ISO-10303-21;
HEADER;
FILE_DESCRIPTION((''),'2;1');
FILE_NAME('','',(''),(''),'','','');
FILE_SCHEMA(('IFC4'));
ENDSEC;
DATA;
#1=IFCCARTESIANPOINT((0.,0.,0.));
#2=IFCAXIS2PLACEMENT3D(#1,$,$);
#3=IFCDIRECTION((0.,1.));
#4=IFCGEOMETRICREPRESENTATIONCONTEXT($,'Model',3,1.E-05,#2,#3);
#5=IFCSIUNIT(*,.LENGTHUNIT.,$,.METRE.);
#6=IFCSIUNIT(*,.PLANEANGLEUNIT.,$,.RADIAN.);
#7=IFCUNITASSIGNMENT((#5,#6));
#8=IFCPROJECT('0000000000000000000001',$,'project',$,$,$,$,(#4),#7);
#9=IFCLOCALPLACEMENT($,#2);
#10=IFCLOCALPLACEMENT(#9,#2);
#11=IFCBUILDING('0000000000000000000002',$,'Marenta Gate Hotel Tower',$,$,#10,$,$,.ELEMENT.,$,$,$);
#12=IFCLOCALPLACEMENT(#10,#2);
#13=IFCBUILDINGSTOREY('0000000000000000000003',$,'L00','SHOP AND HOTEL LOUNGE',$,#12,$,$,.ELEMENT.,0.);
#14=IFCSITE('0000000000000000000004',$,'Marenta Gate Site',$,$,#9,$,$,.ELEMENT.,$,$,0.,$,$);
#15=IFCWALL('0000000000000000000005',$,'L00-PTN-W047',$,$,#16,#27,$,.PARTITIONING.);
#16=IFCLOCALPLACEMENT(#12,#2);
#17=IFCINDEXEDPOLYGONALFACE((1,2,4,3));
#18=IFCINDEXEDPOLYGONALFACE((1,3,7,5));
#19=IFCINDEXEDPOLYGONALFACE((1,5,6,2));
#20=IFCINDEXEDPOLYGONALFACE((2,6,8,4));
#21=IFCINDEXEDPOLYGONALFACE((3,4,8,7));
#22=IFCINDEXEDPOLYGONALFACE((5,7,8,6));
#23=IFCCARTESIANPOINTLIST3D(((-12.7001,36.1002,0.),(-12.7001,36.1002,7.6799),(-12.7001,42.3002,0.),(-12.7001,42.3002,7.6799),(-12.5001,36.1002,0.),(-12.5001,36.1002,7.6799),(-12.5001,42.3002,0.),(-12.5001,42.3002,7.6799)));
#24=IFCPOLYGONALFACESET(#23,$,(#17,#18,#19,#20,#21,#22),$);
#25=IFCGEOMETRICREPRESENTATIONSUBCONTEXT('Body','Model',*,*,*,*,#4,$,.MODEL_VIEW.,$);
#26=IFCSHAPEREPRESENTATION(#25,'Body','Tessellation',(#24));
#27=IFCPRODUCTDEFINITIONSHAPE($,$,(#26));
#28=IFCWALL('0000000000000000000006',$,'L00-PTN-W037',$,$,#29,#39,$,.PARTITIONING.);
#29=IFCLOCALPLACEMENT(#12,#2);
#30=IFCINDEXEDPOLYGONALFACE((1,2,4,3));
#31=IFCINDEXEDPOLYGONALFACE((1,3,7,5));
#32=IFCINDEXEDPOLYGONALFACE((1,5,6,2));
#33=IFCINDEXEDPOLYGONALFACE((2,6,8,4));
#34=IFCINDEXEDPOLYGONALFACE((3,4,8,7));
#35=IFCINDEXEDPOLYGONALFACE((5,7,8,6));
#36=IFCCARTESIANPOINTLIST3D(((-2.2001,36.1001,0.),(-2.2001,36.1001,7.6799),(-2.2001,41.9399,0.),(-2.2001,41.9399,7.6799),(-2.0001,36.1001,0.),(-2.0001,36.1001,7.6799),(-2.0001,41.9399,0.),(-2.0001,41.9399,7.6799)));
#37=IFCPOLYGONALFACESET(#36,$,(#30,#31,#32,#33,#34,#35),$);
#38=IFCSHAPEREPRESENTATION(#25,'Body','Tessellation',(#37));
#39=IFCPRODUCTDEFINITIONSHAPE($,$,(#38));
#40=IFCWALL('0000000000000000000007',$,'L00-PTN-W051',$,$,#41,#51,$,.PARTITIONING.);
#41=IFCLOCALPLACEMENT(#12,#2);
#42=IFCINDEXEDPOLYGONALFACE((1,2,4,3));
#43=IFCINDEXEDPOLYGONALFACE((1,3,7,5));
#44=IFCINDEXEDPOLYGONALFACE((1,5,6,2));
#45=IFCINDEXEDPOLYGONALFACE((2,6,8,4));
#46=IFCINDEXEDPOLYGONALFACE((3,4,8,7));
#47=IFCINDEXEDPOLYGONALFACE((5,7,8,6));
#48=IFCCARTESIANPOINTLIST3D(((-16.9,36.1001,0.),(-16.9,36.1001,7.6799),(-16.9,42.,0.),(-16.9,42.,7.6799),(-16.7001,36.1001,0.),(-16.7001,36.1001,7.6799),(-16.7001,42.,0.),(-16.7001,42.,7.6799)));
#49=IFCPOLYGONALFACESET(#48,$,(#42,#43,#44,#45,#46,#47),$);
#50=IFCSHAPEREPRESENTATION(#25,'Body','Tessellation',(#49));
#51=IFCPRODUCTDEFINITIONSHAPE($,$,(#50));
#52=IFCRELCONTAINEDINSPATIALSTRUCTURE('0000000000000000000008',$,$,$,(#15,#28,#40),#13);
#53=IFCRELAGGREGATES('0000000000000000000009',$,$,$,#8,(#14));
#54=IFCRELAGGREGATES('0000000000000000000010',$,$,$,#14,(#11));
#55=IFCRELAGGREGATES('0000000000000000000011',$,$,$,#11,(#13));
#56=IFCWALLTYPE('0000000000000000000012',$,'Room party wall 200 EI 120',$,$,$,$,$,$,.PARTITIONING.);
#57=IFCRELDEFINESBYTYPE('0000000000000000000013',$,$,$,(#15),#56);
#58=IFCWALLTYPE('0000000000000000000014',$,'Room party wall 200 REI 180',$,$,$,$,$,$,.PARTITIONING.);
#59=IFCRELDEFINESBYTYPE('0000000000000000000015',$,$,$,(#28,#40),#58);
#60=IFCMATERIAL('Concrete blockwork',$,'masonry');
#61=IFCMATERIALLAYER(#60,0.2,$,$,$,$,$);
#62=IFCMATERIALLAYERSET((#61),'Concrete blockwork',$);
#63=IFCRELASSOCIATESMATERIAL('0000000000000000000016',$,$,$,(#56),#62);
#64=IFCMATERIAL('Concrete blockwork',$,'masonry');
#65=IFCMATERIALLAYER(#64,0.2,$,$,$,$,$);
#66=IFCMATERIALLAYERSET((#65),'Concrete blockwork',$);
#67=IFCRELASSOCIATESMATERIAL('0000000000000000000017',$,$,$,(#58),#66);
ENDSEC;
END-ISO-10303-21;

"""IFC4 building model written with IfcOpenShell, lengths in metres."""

from ifc_helpers import new_model, si_unit, direction, frame, frame_2d, origin, place, context, subcontext, project, spatial, rectangle, extrude, material, layer, layer_set, type_object, element, save


model = new_model("IFC4")

# Units and contexts
model_context = context("Model", 3, precision=1e-05, world=origin(), true_north=direction((0.0, 1.0)))
body_context = subcontext(model_context, "Body", "Model", "MODEL_VIEW")
ifc_project = project(units=[si_unit("LENGTHUNIT", "METRE"), si_unit("PLANEANGLEUNIT", "RADIAN")], contexts=[model_context])

# Site, building, storey
site_placement = place(None, origin())
site = spatial("IfcSite", under=ifc_project, at=site_placement, Name="Marenta Gate Site", CompositionType="ELEMENT", RefElevation=0.0)
building_placement = place(site_placement, origin())
building = spatial("IfcBuilding", under=site, at=building_placement, Name="Marenta Gate Hotel Tower", CompositionType="ELEMENT")
storey_placement = place(building_placement, origin())
storey = spatial("IfcBuildingStorey", under=building, at=storey_placement, Name="L00", Description="SHOP AND HOTEL LOUNGE", CompositionType="ELEMENT", Elevation=0.0)

# Walls
ifc_material_1 = material(Name="Concrete blockwork", Category="masonry")
ifc_layer_1 = layer(ifc_material_1, 0.2)
ifc_layer_set_1 = layer_set([ifc_layer_1], Name="Concrete blockwork")
wall_type_1 = type_object("IfcWallType", Name="Room party wall 200 EI 120", PredefinedType="PARTITIONING", material=ifc_layer_set_1)
wall_1_placement = place(storey_placement, frame((-12.6001, 36.1001, 0.0), z_axis=(0.0, 0.0, 1.0), x_axis=(0.0, 1.0, 0.0)))
element("IfcWall", 1, at=wall_1_placement, inside=storey, type_object=wall_type_1, Name="L00-PTN-W047", PredefinedType="PARTITIONING", context=body_context, shape_type="SweptSolid", body=[
    extrude(rectangle(XDim=6.2, YDim=0.2, at=frame_2d((3.1001, 0.0))), origin(), (0.0, 0.0, 1.0), 7.6799),
])
ifc_material_2 = material(Name="Concrete blockwork", Category="masonry")
ifc_layer_2 = layer(ifc_material_2, 0.2)
ifc_layer_set_2 = layer_set([ifc_layer_2], Name="Concrete blockwork")
wall_type_2 = type_object("IfcWallType", Name="Room party wall 200 REI 180", PredefinedType="PARTITIONING", material=ifc_layer_set_2)
wall_2_placement = place(storey_placement, frame((-2.1001, 36.1001, 0.0), z_axis=(0.0, 0.0, 1.0), x_axis=(0.0, 1.0, 0.0)))
element("IfcWall", 2, at=wall_2_placement, inside=storey, type_object=wall_type_2, Name="L00-PTN-W037", PredefinedType="PARTITIONING", context=body_context, shape_type="SweptSolid", body=[
    extrude(rectangle(XDim=5.8398, YDim=0.2, at=frame_2d((2.9199, 0.0))), origin(), (0.0, 0.0, 1.0), 7.6799),
])
wall_3_placement = place(storey_placement, frame((-16.8, 36.1001, 0.0), z_axis=(0.0, 0.0, 1.0), x_axis=(0.0, 1.0, 0.0)))
element("IfcWall", 3, at=wall_3_placement, inside=storey, type_object=wall_type_2, Name="L00-PTN-W051", PredefinedType="PARTITIONING", context=body_context, shape_type="SweptSolid", body=[
    extrude(rectangle(XDim=5.8999, YDim=0.2, at=frame_2d((2.95, 0.0))), origin(), (0.0, 0.0, 1.0), 7.6799),
])

save(model, "model.ifc")
